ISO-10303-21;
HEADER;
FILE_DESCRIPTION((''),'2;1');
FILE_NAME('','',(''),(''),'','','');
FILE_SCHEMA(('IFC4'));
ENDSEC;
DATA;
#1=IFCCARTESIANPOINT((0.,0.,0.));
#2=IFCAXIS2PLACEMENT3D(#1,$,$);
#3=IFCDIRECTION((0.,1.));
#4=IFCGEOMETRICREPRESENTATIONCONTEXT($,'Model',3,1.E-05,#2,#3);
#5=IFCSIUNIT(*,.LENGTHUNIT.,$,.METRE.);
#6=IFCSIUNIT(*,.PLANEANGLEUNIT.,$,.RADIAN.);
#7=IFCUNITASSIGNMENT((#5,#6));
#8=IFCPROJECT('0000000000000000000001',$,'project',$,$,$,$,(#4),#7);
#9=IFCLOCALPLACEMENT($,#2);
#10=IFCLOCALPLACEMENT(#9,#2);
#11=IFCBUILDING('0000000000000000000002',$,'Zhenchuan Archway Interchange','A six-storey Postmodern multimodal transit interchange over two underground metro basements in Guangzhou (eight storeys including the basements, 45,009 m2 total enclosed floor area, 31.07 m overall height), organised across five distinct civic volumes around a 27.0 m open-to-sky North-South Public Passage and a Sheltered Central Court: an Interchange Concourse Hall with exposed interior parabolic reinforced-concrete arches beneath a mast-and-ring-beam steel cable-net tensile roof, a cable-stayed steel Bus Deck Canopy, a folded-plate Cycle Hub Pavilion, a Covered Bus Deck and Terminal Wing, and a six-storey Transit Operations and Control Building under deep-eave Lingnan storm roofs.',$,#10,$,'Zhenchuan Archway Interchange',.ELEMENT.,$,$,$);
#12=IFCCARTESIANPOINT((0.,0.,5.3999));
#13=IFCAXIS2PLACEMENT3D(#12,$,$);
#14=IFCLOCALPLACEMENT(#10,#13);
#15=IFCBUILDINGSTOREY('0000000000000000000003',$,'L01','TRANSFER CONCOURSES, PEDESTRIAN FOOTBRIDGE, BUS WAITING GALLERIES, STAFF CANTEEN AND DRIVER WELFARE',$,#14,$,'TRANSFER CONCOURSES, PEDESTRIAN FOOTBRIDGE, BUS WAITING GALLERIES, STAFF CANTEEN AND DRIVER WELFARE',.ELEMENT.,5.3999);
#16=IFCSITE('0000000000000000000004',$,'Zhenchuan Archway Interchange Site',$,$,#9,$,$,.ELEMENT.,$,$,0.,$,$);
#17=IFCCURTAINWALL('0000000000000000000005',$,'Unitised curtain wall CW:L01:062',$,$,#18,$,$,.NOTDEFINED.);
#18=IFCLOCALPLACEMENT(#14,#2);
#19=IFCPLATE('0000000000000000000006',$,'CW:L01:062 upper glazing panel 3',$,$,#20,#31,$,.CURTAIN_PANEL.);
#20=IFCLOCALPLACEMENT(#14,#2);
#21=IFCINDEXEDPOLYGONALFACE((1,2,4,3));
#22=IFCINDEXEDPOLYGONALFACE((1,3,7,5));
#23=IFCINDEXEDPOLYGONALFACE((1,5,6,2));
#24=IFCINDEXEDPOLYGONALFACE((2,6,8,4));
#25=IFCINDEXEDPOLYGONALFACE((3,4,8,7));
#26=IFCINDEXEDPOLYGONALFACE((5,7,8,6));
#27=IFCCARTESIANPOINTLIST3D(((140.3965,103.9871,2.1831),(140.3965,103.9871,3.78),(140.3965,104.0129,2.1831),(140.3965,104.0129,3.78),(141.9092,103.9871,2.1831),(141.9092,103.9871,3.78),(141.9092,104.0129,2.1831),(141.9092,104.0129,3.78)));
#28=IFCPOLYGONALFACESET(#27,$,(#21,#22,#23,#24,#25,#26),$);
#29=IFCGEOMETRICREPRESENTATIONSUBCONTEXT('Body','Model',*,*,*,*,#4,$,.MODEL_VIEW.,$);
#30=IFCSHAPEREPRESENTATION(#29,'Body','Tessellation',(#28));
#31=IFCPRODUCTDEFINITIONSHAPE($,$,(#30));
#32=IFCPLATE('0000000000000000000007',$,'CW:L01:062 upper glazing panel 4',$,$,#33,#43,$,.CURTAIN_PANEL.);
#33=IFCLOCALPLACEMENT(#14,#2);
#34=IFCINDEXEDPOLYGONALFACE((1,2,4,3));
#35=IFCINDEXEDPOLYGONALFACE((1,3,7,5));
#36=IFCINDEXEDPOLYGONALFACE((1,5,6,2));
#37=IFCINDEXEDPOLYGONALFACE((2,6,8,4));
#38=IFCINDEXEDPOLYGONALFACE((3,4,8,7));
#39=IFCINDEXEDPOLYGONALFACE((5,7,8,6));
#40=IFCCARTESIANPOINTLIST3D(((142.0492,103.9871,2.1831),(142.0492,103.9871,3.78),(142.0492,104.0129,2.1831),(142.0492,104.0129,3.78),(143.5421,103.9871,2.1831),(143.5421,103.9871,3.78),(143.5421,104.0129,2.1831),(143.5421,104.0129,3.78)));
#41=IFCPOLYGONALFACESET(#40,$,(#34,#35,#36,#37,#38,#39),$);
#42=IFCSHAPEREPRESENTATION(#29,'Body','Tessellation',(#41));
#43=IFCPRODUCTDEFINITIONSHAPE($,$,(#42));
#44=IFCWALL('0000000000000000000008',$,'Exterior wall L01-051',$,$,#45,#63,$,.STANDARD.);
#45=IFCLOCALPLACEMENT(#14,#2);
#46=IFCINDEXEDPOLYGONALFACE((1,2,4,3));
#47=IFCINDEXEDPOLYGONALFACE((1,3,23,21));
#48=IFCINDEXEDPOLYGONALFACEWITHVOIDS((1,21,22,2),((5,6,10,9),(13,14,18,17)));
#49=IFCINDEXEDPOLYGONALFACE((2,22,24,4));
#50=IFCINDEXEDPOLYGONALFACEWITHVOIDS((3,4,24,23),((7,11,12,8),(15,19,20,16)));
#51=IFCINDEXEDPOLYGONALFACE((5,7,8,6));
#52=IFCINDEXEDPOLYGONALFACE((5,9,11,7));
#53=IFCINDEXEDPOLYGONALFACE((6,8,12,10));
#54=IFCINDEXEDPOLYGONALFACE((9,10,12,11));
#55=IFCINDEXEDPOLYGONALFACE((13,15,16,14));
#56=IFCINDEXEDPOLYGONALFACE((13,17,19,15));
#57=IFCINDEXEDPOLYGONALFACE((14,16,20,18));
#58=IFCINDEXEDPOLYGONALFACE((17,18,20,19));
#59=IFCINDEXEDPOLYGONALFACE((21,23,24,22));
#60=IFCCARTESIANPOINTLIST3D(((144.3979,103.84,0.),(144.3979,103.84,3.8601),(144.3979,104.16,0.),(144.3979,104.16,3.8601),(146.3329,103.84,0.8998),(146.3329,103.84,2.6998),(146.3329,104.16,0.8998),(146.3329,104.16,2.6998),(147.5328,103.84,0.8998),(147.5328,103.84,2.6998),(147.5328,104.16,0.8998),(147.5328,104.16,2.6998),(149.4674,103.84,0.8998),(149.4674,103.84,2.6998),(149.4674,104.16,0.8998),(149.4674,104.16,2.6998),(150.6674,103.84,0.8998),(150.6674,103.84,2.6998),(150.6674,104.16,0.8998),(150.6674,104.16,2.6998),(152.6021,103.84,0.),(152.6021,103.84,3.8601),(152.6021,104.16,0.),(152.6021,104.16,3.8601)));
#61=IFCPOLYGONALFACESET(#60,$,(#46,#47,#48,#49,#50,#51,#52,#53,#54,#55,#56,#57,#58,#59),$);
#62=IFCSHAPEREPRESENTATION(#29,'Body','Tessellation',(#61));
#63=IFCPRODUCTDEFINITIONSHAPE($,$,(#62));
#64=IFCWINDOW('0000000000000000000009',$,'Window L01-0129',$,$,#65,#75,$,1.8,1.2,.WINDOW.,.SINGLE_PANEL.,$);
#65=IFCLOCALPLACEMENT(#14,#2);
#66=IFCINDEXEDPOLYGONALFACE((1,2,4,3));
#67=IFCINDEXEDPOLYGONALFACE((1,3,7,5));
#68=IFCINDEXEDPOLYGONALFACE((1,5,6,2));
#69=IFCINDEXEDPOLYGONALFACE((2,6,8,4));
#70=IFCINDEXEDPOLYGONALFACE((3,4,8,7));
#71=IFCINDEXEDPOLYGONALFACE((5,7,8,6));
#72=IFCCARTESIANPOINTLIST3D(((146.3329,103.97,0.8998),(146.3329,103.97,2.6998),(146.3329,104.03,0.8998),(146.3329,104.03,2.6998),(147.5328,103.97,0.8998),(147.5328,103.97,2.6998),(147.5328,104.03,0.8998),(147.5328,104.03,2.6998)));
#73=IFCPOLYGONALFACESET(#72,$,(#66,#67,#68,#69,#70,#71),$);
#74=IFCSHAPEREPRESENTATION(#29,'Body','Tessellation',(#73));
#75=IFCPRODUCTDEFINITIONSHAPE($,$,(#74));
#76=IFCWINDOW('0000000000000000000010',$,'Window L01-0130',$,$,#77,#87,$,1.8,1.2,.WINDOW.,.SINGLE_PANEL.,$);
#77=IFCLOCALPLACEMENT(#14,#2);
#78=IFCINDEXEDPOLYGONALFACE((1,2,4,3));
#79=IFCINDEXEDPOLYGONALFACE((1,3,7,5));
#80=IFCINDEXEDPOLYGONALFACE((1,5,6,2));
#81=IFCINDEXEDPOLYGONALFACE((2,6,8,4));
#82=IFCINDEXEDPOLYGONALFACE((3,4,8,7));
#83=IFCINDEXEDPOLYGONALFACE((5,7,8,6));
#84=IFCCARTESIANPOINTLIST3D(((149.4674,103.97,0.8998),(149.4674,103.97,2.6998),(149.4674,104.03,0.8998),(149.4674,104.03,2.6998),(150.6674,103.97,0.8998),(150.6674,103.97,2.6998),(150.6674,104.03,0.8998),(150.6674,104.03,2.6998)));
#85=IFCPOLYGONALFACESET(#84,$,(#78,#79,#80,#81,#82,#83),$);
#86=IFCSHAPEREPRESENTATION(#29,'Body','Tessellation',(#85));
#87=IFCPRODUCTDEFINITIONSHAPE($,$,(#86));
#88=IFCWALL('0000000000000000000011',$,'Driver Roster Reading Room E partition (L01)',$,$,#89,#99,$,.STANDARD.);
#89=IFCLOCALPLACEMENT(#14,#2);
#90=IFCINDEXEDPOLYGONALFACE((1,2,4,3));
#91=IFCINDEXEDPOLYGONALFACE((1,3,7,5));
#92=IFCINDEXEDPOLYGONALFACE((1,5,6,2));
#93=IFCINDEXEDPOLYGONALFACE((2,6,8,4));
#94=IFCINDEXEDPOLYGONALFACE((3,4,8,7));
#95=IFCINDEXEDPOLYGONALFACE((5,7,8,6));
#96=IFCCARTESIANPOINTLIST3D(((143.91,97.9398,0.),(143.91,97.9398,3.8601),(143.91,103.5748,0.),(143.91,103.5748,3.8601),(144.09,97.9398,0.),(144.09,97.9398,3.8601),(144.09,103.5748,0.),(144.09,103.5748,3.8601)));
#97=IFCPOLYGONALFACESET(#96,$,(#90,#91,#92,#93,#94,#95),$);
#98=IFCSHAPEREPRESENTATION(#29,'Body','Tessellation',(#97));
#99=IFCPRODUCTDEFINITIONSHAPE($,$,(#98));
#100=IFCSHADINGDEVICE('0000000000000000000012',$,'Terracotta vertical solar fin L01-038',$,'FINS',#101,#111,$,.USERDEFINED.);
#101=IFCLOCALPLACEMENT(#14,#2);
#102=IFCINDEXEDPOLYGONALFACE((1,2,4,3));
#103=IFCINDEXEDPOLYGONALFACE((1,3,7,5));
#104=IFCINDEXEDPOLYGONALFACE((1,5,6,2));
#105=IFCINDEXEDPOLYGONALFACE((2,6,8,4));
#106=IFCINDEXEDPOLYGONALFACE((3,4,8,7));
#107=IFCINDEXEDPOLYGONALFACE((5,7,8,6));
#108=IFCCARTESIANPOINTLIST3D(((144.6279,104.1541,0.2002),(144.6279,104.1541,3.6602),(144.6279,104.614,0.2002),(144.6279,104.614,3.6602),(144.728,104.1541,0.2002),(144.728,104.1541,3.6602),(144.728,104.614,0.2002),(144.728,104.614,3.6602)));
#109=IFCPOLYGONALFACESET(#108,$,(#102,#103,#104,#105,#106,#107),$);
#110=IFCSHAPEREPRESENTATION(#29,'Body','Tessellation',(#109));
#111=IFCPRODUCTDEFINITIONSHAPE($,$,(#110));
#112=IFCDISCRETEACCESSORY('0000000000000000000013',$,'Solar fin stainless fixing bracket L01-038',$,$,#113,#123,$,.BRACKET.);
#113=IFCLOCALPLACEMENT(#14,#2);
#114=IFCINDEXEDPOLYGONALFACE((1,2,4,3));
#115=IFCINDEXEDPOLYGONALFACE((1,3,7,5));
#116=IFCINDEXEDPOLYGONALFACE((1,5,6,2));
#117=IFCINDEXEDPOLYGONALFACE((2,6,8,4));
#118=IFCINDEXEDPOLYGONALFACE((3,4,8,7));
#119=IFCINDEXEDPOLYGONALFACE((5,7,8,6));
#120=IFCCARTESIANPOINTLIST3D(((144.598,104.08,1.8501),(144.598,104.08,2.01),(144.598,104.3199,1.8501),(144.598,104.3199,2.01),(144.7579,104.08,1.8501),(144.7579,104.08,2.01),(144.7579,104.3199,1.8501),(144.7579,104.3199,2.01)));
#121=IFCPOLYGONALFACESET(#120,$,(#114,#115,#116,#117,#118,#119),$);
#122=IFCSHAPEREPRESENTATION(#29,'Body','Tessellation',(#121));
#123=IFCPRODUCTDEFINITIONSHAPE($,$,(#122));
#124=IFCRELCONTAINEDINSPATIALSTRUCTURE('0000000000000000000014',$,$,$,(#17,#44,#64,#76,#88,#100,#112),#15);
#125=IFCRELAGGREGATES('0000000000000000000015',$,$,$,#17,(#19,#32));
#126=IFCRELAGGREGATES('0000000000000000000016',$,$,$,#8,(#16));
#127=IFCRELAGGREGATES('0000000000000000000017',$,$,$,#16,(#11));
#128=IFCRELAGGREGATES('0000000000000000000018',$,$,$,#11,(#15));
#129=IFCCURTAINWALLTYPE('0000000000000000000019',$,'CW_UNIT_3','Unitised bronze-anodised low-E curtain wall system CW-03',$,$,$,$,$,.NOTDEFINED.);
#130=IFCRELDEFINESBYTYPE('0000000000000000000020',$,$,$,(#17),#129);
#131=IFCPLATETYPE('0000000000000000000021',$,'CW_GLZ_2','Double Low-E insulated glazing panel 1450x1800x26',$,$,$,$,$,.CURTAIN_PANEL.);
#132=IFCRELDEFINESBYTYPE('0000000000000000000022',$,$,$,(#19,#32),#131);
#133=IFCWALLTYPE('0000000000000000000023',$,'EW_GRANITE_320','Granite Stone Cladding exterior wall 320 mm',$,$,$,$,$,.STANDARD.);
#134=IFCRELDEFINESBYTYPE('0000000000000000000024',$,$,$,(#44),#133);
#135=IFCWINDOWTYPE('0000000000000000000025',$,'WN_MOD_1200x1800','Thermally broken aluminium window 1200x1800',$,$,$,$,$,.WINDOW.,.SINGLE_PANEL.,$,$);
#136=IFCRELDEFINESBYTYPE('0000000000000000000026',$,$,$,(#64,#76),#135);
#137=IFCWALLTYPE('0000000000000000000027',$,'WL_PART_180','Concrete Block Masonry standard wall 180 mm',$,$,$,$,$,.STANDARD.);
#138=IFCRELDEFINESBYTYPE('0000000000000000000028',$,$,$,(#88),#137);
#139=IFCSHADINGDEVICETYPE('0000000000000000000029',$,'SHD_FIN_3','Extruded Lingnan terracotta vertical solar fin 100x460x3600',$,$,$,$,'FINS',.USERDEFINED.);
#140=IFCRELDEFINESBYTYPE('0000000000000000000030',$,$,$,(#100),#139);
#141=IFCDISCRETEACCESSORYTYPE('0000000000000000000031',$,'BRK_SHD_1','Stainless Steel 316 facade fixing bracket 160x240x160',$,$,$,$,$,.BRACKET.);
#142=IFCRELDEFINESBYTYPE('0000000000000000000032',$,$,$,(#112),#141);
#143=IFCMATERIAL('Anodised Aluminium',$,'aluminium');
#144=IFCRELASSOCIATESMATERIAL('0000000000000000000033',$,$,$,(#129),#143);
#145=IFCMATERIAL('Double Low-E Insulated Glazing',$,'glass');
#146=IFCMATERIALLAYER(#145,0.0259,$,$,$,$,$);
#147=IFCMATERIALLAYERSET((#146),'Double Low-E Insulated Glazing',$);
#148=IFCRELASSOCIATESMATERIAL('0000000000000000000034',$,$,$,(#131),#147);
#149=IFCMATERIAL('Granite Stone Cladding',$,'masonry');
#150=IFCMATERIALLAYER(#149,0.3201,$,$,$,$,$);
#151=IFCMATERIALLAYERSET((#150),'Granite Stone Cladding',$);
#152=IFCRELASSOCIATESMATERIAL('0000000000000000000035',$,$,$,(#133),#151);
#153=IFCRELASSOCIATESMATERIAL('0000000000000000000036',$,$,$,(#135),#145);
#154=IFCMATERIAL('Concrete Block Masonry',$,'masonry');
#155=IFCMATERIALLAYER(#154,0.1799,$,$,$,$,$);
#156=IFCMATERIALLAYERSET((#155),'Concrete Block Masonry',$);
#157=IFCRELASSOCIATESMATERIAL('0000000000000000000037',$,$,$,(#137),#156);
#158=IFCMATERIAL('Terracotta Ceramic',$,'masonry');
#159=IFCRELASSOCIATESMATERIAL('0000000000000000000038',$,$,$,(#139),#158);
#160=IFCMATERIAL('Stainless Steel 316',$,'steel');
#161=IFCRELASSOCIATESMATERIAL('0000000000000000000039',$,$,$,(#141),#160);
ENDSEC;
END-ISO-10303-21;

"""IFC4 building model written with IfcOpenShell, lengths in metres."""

from ifc_helpers import new_model, si_unit, direction, frame, frame_2d, origin, origin_2d, place, context, subcontext, project, spatial, rectangle, extrude, material, layer, layer_set, type_object, element, fill, aggregate, save


model = new_model("IFC4")

# Units and contexts
model_context = context("Model", 3, precision=1e-05, world=origin(), true_north=direction((0.0, 1.0)))
body_context = subcontext(model_context, "Body", "Model", "MODEL_VIEW")
ifc_project = project(units=[si_unit("LENGTHUNIT", "METRE"), si_unit("PLANEANGLEUNIT", "RADIAN")], contexts=[model_context])

# Site, building, storey
site_placement = place(None, origin())
site = spatial("IfcSite", under=ifc_project, at=site_placement, Name="Zhenchuan Archway Interchange Site", CompositionType="ELEMENT", RefElevation=0.0)
building_placement = place(site_placement, origin())
building = spatial("IfcBuilding", under=site, at=building_placement, Name="Zhenchuan Archway Interchange", Description="A six-storey Postmodern multimodal transit interchange over two underground metro basements in Guangzhou (eight storeys including the basements, 45,009 m2 total enclosed floor area, 31.07 m overall height), organised across five distinct civic volumes around a 27.0 m open-to-sky North-South Public Passage and a Sheltered Central Court: an Interchange Concourse Hall with exposed interior parabolic reinforced-concrete arches beneath a mast-and-ring-beam steel cable-net tensile roof, a cable-stayed steel Bus Deck Canopy, a folded-plate Cycle Hub Pavilion, a Covered Bus Deck and Terminal Wing, and a six-storey Transit Operations and Control Building under deep-eave Lingnan storm roofs.", LongName="Zhenchuan Archway Interchange", CompositionType="ELEMENT")
storey_placement = place(building_placement, frame((0.0, 0.0, 5.3999)))
storey = spatial("IfcBuildingStorey", under=building, at=storey_placement, Name="L01", Description="TRANSFER CONCOURSES, PEDESTRIAN FOOTBRIDGE, BUS WAITING GALLERIES, STAFF CANTEEN AND DRIVER WELFARE", LongName="TRANSFER CONCOURSES, PEDESTRIAN FOOTBRIDGE, BUS WAITING GALLERIES, STAFF CANTEEN AND DRIVER WELFARE", CompositionType="ELEMENT", Elevation=5.3999)

# Curtain wall
ifc_material_1 = material(Name="Anodised Aluminium", Category="aluminium")
curtain_wall_type = type_object("IfcCurtainWallType", Name="CW_UNIT_3", Description="Unitised bronze-anodised low-E curtain wall system CW-03", PredefinedType="NOTDEFINED", material=ifc_material_1)
curtain_wall_placement = place(storey_placement, origin())
curtain_wall = element("IfcCurtainWall", 1, at=curtain_wall_placement, inside=storey, type_object=curtain_wall_type, Name="Unitised curtain wall CW:L01:062", PredefinedType="NOTDEFINED")

# Plates
ifc_material_2 = material(Name="Double Low-E Insulated Glazing", Category="glass")
ifc_layer_1 = layer(ifc_material_2, 0.0259)
ifc_layer_set_1 = layer_set([ifc_layer_1], Name="Double Low-E Insulated Glazing")
plate_type_1 = type_object("IfcPlateType", Name="CW_GLZ_2", Description="Double Low-E insulated glazing panel 1450x1800x26", PredefinedType="CURTAIN_PANEL", material=ifc_layer_set_1)
plate_1_placement = place(storey_placement, frame((141.1528, 104.0, 2.1831), z_axis=(0.0, 0.0, 1.0), x_axis=(1.0, 0.0, 0.0)))
plate_1 = element("IfcPlate", 2, at=plate_1_placement, type_object=plate_type_1, Name="CW:L01:062 upper glazing panel 3", PredefinedType="CURTAIN_PANEL", context=body_context, shape_type="SweptSolid", body=[
    extrude(rectangle(XDim=1.5127, YDim=0.0259, at=origin_2d()), origin(), (0.0, 0.0, 1.0), 1.5969),
])
plate_2_placement = place(storey_placement, frame((142.7957, 104.0, 2.1831), z_axis=(0.0, 0.0, 1.0), x_axis=(1.0, 0.0, 0.0)))
plate_2 = element("IfcPlate", 3, at=plate_2_placement, type_object=plate_type_1, Name="CW:L01:062 upper glazing panel 4", PredefinedType="CURTAIN_PANEL", context=body_context, shape_type="SweptSolid", body=[
    extrude(rectangle(XDim=1.4929, YDim=0.0259, at=origin_2d()), origin(), (0.0, 0.0, 1.0), 1.5969),
])
aggregate(curtain_wall, [plate_1, plate_2])

# Wall, openings, windows
ifc_material_3 = material(Name="Granite Stone Cladding", Category="masonry")
ifc_layer_2 = layer(ifc_material_3, 0.3201)
ifc_layer_set_2 = layer_set([ifc_layer_2], Name="Granite Stone Cladding")
wall_type_1 = type_object("IfcWallType", Name="EW_GRANITE_320", Description="Granite Stone Cladding exterior wall 320 mm", PredefinedType="STANDARD", material=ifc_layer_set_2)
wall_1_placement = place(storey_placement, frame((144.3979, 104.0, 0.0), z_axis=(0.0, 0.0, 1.0), x_axis=(1.0, 0.0, 0.0)))
wall_1 = element("IfcWall", 4, at=wall_1_placement, inside=storey, type_object=wall_type_1, Name="Exterior wall L01-051", PredefinedType="STANDARD", context=body_context, shape_type="SweptSolid", body=[
    extrude(rectangle(XDim=8.2041, YDim=0.3201, at=frame_2d((4.1021, 0.0))), origin(), (0.0, 0.0, 1.0), 3.8601),
])
opening_1_placement = place(wall_1_placement, frame((1.9348, 0.0, 0.8999)))
opening_1 = element("IfcOpeningElement", 5, at=opening_1_placement, cuts=wall_1, PredefinedType="OPENING", context=body_context, shape_type="SweptSolid", body=[
    extrude(rectangle(XDim=1.2, YDim=1.8, at=frame_2d((0.6001, 0.8999))), frame((0.0, 0.1719, 0.0), z_axis=(0.0, -1.0, 0.0), x_axis=(1.0, 0.0, 0.0)), (0.0, 0.0, 1.0), 0.344),
])
opening_2_placement = place(wall_1_placement, frame((5.0693, 0.0, 0.8999)))
opening_2 = element("IfcOpeningElement", 6, at=opening_2_placement, cuts=wall_1, PredefinedType="OPENING", context=body_context, shape_type="SweptSolid", body=[
    extrude(rectangle(XDim=1.2, YDim=1.8, at=frame_2d((0.6001, 0.8999))), frame((0.0, 0.1719, 0.0), z_axis=(0.0, -1.0, 0.0), x_axis=(1.0, 0.0, 0.0)), (0.0, 0.0, 1.0), 0.344),
])
window_type = type_object("IfcWindowType", Name="WN_MOD_1200x1800", Description="Thermally broken aluminium window 1200x1800", PartitioningType="SINGLE_PANEL", PredefinedType="WINDOW", material=ifc_material_2)
window_1_placement = place(opening_1_placement, origin())
window_1 = element("IfcWindow", 7, at=window_1_placement, inside=storey, type_object=window_type, Name="Window L01-0129", OverallHeight=1.8, OverallWidth=1.2, PartitioningType="SINGLE_PANEL", PredefinedType="WINDOW", context=body_context, shape_type="SweptSolid", body=[
    extrude(rectangle(XDim=1.2, YDim=1.8, at=frame_2d((0.6001, 0.8999))), frame((0.0, 0.03, 0.0), z_axis=(0.0, -1.0, 0.0), x_axis=(1.0, 0.0, 0.0)), (0.0, 0.0, 1.0), 0.0601),
])
fill(opening_1, window_1)
window_2_placement = place(opening_2_placement, origin())
window_2 = element("IfcWindow", 8, at=window_2_placement, inside=storey, type_object=window_type, Name="Window L01-0130", OverallHeight=1.8, OverallWidth=1.2, PartitioningType="SINGLE_PANEL", PredefinedType="WINDOW", context=body_context, shape_type="SweptSolid", body=[
    extrude(rectangle(XDim=1.2, YDim=1.8, at=frame_2d((0.6001, 0.8999))), frame((0.0, 0.03, 0.0), z_axis=(0.0, -1.0, 0.0), x_axis=(1.0, 0.0, 0.0)), (0.0, 0.0, 1.0), 0.0601),
])
fill(opening_2, window_2)

# Wall
ifc_material_4 = material(Name="Concrete Block Masonry", Category="masonry")
ifc_layer_3 = layer(ifc_material_4, 0.1799)
ifc_layer_set_3 = layer_set([ifc_layer_3], Name="Concrete Block Masonry")
wall_type_2 = type_object("IfcWallType", Name="WL_PART_180", Description="Concrete Block Masonry standard wall 180 mm", PredefinedType="STANDARD", material=ifc_layer_set_3)
wall_2_placement = place(storey_placement, frame((144.0, 97.9399, 0.0), z_axis=(0.0, 0.0, 1.0), x_axis=(0.0, 1.0, 0.0)))
element("IfcWall", 9, at=wall_2_placement, inside=storey, type_object=wall_type_2, Name="Driver Roster Reading Room E partition (L01)", PredefinedType="STANDARD", context=body_context, shape_type="SweptSolid", body=[
    extrude(rectangle(XDim=5.635, YDim=0.1799, at=frame_2d((2.8174, 0.0))), origin(), (0.0, 0.0, 1.0), 3.8601),
])

# Shading device
ifc_material_5 = material(Name="Terracotta Ceramic", Category="masonry")
shading_device_type = type_object("IfcShadingDeviceType", Name="SHD_FIN_3", Description="Extruded Lingnan terracotta vertical solar fin 100x460x3600", ElementType="FINS", PredefinedType="USERDEFINED", material=ifc_material_5)
shading_device_placement = place(storey_placement, frame((144.678, 104.384, 0.2002), z_axis=(0.0, 0.0, 1.0), x_axis=(1.0, 0.0, 0.0)))
element("IfcShadingDevice", 10, at=shading_device_placement, inside=storey, type_object=shading_device_type, Name="Terracotta vertical solar fin L01-038", ObjectType="FINS", PredefinedType="USERDEFINED", context=body_context, shape_type="SweptSolid", body=[
    extrude(rectangle(XDim=0.1001, YDim=0.46, at=origin_2d()), origin(), (0.0, 0.0, 1.0), 3.46),
])

# Discrete accessory
ifc_material_6 = material(Name="Stainless Steel 316", Category="steel")
discrete_accessory_type = type_object("IfcDiscreteAccessoryType", Name="BRK_SHD_1", Description="Stainless Steel 316 facade fixing bracket 160x240x160", PredefinedType="BRACKET", material=ifc_material_6)
discrete_accessory_placement = place(storey_placement, frame((144.678, 104.2, 1.8501), z_axis=(0.0, 0.0, 1.0), x_axis=(1.0, 0.0, 0.0)))
element("IfcDiscreteAccessory", 11, at=discrete_accessory_placement, inside=storey, type_object=discrete_accessory_type, Name="Solar fin stainless fixing bracket L01-038", PredefinedType="BRACKET", context=body_context, shape_type="SweptSolid", body=[
    extrude(rectangle(XDim=0.1599, YDim=0.24, at=origin_2d()), origin(), (0.0, 0.0, 1.0), 0.1599),
])

save(model, "model.ifc")
